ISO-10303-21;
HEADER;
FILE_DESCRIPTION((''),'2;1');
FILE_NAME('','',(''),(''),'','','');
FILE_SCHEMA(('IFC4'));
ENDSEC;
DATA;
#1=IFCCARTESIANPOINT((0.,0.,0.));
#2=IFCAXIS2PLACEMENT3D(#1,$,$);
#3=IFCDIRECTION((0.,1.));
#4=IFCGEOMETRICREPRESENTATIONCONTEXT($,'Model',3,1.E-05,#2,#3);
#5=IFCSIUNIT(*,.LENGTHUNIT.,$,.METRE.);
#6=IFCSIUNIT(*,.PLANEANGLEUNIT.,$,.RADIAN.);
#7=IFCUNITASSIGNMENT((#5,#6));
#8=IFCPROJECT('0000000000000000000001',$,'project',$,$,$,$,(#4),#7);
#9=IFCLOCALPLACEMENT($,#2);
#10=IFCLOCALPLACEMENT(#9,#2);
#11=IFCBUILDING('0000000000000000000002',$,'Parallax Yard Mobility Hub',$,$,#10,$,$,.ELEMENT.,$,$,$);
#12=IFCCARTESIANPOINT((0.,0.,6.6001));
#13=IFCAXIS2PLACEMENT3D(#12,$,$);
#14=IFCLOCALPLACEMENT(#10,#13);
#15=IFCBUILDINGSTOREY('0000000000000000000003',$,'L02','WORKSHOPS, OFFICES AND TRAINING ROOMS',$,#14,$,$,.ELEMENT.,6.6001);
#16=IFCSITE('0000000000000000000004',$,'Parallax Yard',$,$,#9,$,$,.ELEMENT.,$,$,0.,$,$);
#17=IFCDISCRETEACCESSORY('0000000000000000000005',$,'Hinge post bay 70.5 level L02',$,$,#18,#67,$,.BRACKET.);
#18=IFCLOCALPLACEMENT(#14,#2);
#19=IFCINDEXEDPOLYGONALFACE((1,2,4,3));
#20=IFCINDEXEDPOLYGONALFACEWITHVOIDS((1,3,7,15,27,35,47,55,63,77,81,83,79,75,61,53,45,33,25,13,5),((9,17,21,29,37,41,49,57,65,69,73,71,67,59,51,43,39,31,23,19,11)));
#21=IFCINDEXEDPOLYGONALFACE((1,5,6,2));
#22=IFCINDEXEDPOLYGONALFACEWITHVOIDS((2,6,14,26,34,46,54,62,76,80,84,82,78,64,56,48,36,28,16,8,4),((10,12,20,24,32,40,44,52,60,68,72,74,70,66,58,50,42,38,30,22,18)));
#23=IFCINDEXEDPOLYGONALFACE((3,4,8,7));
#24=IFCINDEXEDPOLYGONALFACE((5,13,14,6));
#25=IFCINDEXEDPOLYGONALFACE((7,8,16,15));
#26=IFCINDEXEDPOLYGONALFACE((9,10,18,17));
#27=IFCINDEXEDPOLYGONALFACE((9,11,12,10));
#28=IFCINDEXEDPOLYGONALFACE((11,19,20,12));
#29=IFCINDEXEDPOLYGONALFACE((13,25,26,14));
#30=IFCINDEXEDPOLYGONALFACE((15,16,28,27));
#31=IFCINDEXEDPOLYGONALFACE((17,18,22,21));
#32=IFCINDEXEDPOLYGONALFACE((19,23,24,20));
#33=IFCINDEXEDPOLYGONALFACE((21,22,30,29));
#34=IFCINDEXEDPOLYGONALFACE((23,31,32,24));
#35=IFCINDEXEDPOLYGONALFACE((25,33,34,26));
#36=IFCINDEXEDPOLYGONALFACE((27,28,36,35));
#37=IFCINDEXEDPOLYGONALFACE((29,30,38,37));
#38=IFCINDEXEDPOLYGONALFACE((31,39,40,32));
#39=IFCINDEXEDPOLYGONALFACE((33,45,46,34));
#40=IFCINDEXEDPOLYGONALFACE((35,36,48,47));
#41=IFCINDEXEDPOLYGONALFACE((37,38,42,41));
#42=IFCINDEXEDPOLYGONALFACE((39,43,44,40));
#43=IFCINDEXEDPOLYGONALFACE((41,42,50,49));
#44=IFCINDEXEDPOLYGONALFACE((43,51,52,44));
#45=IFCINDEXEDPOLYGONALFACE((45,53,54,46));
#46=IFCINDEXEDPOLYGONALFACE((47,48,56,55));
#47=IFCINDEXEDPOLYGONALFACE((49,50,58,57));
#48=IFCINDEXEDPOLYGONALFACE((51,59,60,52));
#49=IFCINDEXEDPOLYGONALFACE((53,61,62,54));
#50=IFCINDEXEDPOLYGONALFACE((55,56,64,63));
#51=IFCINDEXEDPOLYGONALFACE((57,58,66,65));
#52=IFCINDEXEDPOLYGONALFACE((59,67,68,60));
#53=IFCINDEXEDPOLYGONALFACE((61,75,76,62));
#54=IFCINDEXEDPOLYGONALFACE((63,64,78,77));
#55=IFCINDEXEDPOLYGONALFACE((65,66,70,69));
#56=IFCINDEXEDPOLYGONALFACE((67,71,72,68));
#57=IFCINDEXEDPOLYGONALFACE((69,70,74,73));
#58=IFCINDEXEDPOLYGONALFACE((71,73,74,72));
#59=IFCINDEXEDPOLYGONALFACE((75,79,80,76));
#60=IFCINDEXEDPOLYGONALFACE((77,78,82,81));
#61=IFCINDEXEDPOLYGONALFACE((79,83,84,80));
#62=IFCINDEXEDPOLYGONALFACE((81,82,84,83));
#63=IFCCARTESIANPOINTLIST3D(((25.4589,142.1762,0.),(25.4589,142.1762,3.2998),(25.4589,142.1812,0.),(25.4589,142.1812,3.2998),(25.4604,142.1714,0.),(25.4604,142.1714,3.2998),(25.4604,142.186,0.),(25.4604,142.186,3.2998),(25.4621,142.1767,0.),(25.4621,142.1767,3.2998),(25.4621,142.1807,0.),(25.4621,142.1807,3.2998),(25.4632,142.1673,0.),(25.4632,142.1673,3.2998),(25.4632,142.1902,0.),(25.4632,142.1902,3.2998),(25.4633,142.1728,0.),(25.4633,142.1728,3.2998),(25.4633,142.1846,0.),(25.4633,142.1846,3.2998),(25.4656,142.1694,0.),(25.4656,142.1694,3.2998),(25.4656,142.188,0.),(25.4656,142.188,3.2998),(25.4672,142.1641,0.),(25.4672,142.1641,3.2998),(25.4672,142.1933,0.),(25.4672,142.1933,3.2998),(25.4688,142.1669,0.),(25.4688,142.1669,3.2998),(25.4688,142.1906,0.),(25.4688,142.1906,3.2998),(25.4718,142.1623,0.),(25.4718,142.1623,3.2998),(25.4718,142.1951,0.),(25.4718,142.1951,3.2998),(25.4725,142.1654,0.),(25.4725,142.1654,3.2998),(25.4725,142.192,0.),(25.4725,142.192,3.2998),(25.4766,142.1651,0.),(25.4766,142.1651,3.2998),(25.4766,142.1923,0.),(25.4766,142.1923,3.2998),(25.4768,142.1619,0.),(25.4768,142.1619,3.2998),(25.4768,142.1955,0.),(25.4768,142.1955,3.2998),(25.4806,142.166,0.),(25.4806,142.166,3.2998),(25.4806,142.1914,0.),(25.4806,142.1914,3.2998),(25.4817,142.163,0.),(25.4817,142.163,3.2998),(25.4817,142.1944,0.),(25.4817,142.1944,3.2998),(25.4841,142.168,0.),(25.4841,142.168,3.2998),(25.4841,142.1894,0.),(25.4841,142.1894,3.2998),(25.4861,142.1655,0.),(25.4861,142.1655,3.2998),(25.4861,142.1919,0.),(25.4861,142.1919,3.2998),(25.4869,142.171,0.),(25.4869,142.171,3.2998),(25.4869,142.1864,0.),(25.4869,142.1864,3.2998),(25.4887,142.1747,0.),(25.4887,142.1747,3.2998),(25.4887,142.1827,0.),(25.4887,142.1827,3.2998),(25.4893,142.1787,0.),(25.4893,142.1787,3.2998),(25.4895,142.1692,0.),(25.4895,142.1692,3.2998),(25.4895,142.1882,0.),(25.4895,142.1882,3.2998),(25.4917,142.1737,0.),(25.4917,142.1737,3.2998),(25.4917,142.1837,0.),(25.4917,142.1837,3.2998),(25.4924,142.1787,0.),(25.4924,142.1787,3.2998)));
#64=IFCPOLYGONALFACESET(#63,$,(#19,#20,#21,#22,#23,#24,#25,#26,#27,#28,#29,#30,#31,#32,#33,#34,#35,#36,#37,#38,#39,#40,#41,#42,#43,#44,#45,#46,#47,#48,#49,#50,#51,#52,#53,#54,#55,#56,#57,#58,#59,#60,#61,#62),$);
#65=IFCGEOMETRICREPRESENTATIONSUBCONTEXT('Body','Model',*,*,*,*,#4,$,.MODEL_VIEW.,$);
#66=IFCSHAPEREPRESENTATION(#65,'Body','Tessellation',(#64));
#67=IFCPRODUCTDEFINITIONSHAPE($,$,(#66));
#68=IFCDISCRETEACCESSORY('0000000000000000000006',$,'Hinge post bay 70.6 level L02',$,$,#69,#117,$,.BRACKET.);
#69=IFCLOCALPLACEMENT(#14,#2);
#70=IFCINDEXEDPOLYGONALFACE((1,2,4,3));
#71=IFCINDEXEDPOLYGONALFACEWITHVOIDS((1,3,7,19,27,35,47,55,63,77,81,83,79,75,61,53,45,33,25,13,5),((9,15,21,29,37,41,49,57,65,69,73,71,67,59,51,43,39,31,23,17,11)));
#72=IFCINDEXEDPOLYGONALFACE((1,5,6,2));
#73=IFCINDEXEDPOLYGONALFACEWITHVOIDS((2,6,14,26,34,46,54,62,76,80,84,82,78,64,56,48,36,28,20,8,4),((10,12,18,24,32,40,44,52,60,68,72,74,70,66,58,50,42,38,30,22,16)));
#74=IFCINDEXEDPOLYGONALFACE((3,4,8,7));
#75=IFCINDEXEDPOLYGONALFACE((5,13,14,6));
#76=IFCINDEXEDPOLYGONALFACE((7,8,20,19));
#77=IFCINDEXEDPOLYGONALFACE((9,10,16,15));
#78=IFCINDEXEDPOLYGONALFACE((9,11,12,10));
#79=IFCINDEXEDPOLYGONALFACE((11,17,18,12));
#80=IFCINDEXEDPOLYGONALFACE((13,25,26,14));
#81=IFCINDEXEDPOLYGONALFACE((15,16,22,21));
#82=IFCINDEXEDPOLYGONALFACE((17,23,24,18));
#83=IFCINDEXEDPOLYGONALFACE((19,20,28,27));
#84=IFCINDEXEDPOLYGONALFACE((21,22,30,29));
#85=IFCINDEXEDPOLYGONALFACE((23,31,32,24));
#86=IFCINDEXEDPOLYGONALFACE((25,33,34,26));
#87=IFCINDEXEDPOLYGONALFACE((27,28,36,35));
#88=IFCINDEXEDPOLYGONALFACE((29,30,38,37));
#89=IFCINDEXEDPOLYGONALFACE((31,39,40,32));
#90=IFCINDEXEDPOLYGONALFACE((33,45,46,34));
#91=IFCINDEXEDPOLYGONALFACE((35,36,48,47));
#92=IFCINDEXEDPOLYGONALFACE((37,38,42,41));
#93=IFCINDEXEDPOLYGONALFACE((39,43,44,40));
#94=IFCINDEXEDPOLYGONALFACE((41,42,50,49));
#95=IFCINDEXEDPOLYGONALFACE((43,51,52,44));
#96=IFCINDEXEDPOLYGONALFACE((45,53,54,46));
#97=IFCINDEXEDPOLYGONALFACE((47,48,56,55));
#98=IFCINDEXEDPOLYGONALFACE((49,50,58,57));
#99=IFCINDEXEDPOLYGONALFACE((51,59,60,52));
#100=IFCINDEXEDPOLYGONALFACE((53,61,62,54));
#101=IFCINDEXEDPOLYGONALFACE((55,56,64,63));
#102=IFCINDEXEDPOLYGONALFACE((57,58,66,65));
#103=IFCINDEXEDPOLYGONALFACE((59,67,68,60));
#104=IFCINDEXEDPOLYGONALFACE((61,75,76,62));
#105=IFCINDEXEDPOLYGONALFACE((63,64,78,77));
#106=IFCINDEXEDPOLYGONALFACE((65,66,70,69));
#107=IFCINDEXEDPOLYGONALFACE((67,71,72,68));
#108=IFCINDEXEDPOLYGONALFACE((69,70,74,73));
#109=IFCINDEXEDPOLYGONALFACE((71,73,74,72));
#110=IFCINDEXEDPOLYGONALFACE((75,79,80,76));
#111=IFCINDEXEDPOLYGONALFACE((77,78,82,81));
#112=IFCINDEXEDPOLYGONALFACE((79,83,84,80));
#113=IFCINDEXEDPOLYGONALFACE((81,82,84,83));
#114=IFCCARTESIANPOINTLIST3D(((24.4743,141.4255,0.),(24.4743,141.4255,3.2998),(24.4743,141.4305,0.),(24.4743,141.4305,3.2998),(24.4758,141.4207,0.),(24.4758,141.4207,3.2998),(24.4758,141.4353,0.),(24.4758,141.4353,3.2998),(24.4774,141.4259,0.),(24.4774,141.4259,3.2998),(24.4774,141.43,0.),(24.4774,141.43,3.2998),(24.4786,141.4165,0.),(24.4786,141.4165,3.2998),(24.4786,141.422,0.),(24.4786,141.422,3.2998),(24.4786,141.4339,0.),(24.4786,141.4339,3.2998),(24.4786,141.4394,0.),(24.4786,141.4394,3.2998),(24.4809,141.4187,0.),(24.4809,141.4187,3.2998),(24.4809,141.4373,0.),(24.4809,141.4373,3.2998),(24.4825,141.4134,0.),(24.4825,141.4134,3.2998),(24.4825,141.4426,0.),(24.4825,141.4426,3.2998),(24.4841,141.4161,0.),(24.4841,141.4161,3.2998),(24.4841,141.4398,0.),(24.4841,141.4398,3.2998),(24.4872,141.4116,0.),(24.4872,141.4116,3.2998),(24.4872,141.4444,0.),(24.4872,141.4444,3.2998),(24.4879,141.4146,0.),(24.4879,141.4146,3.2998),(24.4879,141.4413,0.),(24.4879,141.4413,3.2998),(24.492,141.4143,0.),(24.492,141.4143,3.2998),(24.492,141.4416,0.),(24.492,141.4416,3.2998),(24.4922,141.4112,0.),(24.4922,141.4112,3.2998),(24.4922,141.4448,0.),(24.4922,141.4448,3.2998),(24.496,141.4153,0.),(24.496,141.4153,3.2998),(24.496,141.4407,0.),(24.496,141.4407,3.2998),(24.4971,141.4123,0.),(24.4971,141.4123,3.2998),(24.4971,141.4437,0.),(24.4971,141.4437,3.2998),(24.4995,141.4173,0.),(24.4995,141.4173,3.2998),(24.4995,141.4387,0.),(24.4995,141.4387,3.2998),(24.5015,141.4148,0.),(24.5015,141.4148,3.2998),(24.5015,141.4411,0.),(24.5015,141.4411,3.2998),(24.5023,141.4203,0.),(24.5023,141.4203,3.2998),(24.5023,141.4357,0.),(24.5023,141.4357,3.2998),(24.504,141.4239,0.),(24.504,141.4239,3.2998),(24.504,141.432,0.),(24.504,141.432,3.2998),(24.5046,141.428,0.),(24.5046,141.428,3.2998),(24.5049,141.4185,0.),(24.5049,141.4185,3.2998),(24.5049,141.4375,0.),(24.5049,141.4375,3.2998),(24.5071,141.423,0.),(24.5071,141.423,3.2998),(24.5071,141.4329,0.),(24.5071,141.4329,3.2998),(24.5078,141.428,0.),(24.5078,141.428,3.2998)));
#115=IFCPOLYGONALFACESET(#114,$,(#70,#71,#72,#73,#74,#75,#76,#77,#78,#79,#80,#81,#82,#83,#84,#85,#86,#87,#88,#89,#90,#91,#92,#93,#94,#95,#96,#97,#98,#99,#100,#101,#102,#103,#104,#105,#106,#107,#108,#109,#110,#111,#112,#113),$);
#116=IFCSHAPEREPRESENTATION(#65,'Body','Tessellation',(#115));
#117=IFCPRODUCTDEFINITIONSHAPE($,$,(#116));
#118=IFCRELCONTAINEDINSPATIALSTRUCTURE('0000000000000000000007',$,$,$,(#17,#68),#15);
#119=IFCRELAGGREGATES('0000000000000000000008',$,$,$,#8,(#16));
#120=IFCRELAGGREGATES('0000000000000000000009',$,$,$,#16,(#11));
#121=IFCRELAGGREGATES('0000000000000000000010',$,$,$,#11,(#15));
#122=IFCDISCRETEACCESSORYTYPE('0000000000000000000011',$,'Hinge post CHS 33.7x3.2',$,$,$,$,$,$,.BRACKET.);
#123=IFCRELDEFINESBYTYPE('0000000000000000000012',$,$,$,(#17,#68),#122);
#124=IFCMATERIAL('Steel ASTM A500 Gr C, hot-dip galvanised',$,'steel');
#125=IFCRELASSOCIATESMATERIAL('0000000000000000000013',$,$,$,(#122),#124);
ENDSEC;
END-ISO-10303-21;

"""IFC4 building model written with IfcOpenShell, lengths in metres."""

from ifc_helpers import new_model, si_unit, direction, frame, origin, origin_2d, place, context, subcontext, project, spatial, hollow_circle, extrude, material, material_profile, profile_set, type_object, element, save


model = new_model("IFC4")

# Units and contexts
model_context = context("Model", 3, precision=1e-05, world=origin(), true_north=direction((0.0, 1.0)))
body_context = subcontext(model_context, "Body", "Model", "MODEL_VIEW")
ifc_project = project(units=[si_unit("LENGTHUNIT", "METRE"), si_unit("PLANEANGLEUNIT", "RADIAN")], contexts=[model_context])

# Site, building, storey
site_placement = place(None, origin())
site = spatial("IfcSite", under=ifc_project, at=site_placement, Name="Parallax Yard", CompositionType="ELEMENT", RefElevation=0.0)
building_placement = place(site_placement, origin())
building = spatial("IfcBuilding", under=site, at=building_placement, Name="Parallax Yard Mobility Hub", CompositionType="ELEMENT")
storey_placement = place(building_placement, frame((0.0, 0.0, 6.6001)))
storey = spatial("IfcBuildingStorey", under=building, at=storey_placement, Name="L02", Description="WORKSHOPS, OFFICES AND TRAINING ROOMS", CompositionType="ELEMENT", Elevation=6.6001)

# Discrete accessories
ifc_material_1 = material(Name="Steel ASTM A500 Gr C, hot-dip galvanised", Category="steel")
ifc_material_profile_1 = material_profile(ifc_material_1, hollow_circle(Radius=0.0168, WallThickness=0.0032, at=origin_2d()), Name="CHS 33.7x3.2")
ifc_profile_set_1 = profile_set([ifc_material_profile_1], Name="Steel ASTM A500 Gr C, hot-dip galvanised")
discrete_accessory_type_1 = type_object("IfcDiscreteAccessoryType", Name="Hinge post CHS 33.7x3.2", PredefinedType="BRACKET", material=ifc_profile_set_1)
for number, where, z_axis, x_axis, name in (
    (1, (25.4756, 142.1787, 0.0), (0.0, 0.0, 1.0), (1.0, 0.0, 0.0), "Hinge post bay 70.5 level L02"),
    (2, (24.491, 141.428, 0.0), (0.0, 0.0, 1.0), (1.0, 0.0, 0.0), "Hinge post bay 70.6 level L02"),
):
    element("IfcDiscreteAccessory", number, at=place(storey_placement, frame(where, z_axis=z_axis, x_axis=x_axis)), inside=storey, type_object=discrete_accessory_type_1, Name=name, PredefinedType="BRACKET", context=body_context, shape_type="SweptSolid", body=[
        extrude(hollow_circle(Radius=0.0168, WallThickness=0.0032, at=origin_2d()), origin(), (0.0, 0.0, 1.0), 3.2998),
    ])

save(model, "model.ifc")
